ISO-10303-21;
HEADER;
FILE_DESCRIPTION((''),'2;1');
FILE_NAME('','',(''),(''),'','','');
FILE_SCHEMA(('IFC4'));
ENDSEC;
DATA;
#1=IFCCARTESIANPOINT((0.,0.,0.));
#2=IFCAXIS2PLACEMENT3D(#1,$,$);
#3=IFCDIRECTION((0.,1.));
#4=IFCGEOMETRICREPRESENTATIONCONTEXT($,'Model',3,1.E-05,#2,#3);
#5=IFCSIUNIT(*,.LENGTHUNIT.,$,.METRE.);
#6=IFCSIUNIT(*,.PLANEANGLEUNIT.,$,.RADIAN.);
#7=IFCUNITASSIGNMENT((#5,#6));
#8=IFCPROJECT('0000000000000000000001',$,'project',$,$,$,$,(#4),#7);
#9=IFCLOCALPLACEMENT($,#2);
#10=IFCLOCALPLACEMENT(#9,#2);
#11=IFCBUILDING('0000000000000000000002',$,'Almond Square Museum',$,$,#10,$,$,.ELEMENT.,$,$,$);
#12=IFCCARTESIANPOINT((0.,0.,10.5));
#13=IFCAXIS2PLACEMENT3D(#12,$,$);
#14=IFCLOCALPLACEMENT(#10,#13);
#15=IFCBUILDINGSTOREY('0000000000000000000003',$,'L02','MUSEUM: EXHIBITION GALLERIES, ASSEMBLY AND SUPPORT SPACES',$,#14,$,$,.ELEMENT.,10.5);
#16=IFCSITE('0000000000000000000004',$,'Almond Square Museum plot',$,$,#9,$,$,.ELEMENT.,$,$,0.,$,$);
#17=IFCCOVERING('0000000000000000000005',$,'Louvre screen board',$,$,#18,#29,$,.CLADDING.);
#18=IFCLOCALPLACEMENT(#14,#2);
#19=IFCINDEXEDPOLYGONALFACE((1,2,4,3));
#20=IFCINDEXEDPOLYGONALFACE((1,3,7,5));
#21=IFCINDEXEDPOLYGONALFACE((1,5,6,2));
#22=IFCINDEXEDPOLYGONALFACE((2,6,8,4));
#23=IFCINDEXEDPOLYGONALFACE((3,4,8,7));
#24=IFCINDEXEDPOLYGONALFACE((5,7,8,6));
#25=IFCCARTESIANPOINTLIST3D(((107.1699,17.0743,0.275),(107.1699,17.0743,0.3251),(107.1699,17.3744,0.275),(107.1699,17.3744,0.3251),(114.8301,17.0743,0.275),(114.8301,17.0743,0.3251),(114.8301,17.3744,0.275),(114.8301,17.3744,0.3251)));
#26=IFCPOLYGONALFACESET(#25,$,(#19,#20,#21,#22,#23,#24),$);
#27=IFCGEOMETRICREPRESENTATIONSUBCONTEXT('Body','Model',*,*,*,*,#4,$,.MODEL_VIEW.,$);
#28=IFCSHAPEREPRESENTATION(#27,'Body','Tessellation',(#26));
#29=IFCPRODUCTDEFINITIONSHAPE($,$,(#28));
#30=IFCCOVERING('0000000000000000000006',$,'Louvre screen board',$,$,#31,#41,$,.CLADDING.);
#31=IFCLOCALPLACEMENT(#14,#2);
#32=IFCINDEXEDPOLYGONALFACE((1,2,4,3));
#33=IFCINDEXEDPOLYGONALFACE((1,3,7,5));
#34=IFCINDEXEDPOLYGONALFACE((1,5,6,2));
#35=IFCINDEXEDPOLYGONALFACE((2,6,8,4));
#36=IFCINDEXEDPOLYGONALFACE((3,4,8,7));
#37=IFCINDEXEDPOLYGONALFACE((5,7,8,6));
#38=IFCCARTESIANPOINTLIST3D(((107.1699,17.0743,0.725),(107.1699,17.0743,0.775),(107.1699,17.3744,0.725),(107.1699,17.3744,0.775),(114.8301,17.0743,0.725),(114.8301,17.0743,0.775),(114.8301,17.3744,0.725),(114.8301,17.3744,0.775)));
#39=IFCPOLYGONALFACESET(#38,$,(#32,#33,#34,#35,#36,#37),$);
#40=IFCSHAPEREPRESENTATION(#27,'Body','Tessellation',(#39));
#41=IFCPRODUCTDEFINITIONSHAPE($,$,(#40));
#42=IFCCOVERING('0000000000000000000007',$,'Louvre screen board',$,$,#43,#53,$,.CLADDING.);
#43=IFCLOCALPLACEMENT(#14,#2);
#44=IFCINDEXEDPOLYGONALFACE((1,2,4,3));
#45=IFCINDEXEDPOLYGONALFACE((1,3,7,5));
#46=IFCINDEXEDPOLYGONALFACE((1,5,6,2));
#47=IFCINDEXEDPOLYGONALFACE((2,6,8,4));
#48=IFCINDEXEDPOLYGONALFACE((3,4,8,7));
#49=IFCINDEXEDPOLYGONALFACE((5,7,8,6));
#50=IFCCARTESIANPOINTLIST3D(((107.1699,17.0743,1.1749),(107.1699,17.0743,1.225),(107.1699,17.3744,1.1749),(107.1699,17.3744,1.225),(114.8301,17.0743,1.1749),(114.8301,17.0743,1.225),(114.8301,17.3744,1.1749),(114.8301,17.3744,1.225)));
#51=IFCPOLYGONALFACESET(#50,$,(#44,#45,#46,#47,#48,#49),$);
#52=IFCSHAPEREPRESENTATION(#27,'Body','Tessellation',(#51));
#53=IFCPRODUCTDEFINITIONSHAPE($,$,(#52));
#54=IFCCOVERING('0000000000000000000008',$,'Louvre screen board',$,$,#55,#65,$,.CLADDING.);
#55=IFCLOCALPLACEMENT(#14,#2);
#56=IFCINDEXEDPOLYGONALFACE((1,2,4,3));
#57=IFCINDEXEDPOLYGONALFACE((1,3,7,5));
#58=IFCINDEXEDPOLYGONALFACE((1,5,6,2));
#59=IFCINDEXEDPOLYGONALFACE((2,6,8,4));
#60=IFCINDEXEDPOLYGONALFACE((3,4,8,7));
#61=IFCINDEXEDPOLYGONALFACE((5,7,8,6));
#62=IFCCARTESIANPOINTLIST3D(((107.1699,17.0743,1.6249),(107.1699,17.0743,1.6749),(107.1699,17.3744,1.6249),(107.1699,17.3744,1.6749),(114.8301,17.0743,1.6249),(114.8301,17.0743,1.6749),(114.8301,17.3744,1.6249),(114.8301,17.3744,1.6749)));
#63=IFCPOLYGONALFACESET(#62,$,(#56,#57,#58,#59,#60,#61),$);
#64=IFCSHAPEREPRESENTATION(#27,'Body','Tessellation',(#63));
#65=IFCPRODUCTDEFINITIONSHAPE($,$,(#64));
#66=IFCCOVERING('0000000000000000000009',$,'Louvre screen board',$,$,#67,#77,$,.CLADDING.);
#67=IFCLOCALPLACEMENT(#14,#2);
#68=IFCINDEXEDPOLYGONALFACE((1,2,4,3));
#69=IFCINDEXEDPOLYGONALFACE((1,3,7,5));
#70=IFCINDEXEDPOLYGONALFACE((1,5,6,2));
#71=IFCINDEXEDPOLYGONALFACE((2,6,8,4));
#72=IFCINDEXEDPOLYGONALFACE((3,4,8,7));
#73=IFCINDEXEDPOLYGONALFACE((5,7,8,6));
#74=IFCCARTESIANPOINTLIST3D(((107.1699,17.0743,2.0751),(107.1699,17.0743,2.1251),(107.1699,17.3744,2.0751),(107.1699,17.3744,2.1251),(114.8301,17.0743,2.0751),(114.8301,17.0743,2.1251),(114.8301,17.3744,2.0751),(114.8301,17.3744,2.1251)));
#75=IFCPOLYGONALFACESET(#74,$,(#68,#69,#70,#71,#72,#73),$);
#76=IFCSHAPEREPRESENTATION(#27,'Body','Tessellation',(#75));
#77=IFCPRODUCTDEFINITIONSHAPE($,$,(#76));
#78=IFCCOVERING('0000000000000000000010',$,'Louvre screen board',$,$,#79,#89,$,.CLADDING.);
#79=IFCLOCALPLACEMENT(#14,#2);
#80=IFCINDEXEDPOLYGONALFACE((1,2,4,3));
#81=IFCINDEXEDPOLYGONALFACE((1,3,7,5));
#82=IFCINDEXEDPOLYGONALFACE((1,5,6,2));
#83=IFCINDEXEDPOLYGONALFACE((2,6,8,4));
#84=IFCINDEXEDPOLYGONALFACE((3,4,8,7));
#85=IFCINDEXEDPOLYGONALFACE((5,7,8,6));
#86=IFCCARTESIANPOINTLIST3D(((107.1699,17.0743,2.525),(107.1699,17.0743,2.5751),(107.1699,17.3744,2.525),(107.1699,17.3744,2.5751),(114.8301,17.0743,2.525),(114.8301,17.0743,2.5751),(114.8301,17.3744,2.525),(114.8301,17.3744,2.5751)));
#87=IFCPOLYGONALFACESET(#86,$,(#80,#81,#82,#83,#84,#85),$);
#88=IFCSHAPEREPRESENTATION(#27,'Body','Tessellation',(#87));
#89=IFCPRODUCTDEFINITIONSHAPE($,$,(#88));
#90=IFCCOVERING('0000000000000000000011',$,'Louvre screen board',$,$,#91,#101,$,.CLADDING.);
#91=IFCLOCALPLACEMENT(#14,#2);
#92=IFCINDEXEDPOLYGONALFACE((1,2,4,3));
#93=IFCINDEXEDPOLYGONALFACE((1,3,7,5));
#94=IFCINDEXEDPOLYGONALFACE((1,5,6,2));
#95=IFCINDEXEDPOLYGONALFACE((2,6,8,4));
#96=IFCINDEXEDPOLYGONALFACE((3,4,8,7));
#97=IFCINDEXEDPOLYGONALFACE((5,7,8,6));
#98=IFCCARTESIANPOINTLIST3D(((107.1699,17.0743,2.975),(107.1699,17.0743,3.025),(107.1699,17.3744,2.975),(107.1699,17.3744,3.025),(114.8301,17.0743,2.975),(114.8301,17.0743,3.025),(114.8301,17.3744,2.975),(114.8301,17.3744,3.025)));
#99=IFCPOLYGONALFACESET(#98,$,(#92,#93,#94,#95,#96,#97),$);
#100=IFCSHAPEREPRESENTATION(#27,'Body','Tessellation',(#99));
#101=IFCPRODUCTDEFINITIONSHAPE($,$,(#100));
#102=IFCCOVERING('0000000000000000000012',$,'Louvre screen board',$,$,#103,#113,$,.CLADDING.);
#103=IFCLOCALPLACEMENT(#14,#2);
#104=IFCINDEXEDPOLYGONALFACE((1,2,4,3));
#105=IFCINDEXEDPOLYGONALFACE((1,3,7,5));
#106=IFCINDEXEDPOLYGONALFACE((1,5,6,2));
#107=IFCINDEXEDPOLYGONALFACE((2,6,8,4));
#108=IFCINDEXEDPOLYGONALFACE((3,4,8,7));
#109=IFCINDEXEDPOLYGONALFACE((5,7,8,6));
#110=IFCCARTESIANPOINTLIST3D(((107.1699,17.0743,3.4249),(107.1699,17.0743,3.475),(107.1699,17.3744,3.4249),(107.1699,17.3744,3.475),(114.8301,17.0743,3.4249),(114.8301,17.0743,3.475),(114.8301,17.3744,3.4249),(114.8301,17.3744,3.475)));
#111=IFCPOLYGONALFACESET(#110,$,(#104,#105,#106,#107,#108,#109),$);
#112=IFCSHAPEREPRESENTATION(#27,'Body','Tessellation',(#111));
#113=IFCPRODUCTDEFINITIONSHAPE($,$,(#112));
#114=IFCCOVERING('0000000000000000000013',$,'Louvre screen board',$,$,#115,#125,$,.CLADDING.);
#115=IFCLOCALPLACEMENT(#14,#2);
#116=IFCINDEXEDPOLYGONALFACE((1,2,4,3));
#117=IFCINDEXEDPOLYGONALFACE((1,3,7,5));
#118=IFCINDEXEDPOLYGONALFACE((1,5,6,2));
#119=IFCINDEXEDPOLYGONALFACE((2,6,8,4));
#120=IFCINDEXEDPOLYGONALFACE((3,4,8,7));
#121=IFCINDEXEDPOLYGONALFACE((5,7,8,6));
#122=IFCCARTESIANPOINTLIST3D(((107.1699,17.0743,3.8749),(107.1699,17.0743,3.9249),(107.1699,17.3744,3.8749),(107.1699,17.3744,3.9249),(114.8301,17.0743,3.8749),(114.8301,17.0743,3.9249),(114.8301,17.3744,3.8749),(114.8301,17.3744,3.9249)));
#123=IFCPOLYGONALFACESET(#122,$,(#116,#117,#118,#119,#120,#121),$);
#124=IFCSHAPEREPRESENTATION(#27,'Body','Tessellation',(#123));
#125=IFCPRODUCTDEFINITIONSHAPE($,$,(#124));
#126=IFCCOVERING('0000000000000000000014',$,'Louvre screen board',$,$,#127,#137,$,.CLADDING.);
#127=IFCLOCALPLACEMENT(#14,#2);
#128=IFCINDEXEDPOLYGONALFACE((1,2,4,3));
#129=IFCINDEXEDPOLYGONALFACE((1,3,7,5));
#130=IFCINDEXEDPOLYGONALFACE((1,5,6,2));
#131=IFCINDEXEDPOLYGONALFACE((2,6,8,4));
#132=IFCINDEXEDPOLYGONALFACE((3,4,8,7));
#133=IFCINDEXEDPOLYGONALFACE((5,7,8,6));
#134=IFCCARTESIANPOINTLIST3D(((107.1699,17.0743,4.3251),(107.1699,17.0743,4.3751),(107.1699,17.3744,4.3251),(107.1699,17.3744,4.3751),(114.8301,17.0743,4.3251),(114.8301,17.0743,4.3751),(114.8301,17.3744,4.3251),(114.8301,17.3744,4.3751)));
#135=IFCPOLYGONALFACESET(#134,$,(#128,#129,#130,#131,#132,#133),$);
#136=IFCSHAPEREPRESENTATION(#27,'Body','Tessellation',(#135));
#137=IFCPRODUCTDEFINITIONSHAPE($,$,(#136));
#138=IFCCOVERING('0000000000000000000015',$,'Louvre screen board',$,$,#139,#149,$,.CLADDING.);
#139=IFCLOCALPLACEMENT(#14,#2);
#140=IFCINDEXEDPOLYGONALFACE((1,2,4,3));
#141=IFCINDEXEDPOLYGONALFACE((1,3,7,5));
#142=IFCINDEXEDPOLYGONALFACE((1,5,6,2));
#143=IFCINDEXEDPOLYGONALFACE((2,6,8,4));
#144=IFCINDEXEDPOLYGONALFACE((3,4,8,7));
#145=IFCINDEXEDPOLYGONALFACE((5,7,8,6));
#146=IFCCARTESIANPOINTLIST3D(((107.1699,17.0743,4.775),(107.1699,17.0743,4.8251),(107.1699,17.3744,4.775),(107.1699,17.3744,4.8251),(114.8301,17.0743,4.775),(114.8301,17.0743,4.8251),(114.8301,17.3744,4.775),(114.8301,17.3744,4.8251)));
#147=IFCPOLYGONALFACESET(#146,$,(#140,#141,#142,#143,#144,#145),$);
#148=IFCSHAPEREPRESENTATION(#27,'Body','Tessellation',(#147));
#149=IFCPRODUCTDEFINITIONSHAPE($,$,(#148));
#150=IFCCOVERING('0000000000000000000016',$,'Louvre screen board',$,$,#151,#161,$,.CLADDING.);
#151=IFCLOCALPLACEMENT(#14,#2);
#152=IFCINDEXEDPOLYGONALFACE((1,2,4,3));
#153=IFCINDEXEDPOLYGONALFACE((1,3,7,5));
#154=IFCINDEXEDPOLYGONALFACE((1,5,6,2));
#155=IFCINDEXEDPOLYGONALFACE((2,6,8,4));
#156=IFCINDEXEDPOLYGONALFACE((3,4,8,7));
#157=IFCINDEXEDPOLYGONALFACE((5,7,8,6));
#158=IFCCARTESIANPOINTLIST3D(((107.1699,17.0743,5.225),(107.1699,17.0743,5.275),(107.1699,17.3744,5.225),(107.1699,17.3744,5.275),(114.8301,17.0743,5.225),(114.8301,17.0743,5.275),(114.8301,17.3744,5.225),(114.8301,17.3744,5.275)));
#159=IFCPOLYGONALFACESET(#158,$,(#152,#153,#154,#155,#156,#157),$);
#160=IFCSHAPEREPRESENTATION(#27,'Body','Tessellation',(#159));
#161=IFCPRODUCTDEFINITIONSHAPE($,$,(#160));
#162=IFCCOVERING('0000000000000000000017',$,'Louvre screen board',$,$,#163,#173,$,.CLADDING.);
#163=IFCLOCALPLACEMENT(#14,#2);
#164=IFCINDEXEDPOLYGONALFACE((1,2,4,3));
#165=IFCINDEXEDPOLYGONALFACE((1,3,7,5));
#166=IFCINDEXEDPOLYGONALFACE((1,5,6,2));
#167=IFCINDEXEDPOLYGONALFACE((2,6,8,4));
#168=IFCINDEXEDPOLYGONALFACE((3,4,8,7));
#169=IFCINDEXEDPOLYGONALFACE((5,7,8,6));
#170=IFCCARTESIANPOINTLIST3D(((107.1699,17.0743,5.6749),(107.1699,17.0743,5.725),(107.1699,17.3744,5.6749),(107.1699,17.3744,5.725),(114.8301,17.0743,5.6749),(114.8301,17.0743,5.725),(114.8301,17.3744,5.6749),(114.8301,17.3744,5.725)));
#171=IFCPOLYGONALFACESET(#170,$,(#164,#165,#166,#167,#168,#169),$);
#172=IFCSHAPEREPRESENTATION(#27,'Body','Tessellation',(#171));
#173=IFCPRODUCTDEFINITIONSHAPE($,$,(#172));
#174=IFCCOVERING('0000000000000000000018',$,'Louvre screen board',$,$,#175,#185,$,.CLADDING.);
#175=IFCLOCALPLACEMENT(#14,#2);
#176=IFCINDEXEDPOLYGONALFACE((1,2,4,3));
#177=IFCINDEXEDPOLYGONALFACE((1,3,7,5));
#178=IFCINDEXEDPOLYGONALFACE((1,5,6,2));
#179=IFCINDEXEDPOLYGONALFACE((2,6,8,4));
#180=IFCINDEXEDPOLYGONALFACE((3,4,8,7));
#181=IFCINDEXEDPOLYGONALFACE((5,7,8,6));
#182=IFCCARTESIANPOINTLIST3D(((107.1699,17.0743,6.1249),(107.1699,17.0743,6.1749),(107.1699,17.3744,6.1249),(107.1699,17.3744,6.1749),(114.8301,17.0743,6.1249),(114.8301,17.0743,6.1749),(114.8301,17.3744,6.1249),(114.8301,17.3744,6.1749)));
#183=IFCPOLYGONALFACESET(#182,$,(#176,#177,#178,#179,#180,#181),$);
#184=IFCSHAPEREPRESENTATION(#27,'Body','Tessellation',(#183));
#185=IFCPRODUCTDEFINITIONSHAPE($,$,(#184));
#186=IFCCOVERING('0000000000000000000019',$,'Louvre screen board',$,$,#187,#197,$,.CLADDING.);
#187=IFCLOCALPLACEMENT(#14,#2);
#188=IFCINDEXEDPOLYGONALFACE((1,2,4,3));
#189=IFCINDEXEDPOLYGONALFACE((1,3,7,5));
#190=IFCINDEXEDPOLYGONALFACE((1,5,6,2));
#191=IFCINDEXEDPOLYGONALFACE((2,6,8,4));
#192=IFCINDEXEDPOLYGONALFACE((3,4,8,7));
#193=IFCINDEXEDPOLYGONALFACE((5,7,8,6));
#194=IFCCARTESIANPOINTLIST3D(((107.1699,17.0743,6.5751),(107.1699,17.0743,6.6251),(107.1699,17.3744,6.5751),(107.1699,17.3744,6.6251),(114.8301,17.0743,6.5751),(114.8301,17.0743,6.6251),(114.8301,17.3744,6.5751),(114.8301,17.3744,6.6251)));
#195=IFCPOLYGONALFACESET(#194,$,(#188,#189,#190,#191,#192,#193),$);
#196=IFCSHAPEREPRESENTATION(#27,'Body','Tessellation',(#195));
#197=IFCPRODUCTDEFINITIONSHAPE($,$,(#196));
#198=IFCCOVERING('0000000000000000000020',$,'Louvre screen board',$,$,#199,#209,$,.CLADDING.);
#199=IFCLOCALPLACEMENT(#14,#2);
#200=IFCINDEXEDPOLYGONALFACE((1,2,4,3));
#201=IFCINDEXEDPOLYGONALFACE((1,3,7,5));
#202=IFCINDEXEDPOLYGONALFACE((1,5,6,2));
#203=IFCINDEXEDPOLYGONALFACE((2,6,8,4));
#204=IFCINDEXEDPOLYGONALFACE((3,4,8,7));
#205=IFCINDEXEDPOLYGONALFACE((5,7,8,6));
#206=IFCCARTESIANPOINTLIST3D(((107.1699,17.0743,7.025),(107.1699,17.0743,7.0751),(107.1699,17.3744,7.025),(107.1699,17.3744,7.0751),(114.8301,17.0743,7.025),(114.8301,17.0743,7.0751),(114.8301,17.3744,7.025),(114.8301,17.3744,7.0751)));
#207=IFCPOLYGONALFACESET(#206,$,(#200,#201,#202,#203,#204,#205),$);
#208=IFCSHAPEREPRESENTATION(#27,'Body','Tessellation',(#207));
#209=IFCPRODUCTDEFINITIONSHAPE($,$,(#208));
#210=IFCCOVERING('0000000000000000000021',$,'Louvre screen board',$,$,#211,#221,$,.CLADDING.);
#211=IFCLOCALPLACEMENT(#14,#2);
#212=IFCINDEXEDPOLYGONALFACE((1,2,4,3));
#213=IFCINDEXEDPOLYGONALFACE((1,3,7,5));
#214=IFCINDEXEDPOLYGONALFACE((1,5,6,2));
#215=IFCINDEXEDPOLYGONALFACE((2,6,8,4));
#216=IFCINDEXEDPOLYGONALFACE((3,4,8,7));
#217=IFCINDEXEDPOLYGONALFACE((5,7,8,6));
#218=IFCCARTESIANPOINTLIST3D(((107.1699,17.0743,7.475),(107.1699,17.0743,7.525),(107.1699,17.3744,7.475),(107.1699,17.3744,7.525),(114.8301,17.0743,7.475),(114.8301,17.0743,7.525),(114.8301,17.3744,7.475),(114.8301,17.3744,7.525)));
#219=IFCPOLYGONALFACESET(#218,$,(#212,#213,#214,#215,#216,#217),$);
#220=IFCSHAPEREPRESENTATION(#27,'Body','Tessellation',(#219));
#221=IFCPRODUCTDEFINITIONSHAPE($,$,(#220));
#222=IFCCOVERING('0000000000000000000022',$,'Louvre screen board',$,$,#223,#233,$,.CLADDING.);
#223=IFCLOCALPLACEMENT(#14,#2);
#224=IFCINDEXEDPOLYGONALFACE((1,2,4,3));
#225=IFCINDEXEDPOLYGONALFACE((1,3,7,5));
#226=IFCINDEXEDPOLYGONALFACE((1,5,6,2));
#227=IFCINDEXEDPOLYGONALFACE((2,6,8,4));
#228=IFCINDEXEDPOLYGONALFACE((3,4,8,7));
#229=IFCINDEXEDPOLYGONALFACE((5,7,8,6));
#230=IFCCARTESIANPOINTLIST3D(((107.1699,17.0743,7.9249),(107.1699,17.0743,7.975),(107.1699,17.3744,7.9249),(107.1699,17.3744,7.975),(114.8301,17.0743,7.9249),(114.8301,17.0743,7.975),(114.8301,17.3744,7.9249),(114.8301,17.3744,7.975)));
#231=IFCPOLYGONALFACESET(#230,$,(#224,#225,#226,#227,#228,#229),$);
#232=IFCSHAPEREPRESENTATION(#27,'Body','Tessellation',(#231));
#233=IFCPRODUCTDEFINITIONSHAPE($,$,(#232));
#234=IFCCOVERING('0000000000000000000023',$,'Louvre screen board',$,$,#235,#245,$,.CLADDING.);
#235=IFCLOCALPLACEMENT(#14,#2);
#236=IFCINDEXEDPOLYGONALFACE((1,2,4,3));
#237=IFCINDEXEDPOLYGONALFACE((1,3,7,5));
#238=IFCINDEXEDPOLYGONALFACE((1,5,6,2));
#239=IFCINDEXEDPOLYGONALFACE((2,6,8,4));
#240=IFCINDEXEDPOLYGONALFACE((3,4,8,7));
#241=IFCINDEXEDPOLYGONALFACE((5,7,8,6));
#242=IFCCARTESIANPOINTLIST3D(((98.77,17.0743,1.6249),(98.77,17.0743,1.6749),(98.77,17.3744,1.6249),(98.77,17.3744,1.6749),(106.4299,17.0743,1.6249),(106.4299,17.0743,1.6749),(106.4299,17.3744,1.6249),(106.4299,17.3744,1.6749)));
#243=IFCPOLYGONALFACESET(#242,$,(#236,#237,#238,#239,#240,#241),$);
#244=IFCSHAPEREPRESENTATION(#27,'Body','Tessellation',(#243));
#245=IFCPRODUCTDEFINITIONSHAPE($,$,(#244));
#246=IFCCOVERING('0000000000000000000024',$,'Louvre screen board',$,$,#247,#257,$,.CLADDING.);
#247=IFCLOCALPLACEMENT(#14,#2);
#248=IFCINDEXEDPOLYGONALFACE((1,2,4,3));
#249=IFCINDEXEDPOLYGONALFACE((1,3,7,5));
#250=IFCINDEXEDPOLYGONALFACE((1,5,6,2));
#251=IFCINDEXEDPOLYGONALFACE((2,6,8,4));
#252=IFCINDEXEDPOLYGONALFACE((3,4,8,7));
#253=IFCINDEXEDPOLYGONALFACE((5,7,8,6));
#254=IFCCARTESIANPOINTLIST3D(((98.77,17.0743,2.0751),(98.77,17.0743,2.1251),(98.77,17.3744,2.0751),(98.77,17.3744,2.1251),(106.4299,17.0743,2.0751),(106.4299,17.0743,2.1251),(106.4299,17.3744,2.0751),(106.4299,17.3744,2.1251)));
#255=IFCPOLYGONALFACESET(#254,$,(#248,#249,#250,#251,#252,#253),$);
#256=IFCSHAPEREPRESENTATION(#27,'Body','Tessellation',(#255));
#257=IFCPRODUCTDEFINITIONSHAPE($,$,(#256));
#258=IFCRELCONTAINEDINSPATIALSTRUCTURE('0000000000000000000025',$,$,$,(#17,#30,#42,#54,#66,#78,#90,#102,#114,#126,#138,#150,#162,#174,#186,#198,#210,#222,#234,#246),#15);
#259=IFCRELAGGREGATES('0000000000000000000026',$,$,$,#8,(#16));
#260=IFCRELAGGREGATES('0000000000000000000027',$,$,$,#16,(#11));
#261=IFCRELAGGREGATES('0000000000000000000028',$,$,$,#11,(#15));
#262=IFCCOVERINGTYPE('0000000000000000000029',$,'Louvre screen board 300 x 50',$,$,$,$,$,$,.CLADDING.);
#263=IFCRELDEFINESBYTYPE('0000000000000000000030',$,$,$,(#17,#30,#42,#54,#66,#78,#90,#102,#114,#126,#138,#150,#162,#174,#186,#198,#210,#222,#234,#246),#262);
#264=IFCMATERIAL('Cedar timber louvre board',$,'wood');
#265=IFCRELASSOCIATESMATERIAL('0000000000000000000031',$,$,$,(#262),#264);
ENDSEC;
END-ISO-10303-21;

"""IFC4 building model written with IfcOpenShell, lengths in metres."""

from ifc_helpers import new_model, si_unit, direction, frame, origin, origin_2d, place, context, subcontext, project, spatial, rectangle, extrude, material, material_profile, profile_set, type_object, element, save


model = new_model("IFC4")

# Units and contexts
model_context = context("Model", 3, precision=1e-05, world=origin(), true_north=direction((0.0, 1.0)))
body_context = subcontext(model_context, "Body", "Model", "MODEL_VIEW")
ifc_project = project(units=[si_unit("LENGTHUNIT", "METRE"), si_unit("PLANEANGLEUNIT", "RADIAN")], contexts=[model_context])

# Site, building, storey
site_placement = place(None, origin())
site = spatial("IfcSite", under=ifc_project, at=site_placement, Name="Almond Square Museum plot", CompositionType="ELEMENT", RefElevation=0.0)
building_placement = place(site_placement, origin())
building = spatial("IfcBuilding", under=site, at=building_placement, Name="Almond Square Museum", CompositionType="ELEMENT")
storey_placement = place(building_placement, frame((0.0, 0.0, 10.5)))
storey = spatial("IfcBuildingStorey", under=building, at=storey_placement, Name="L02", Description="MUSEUM: EXHIBITION GALLERIES, ASSEMBLY AND SUPPORT SPACES", CompositionType="ELEMENT", Elevation=10.5)

# Coverings
ifc_material = material(Name="Cedar timber louvre board", Category="wood")
ifc_material_profile = material_profile(ifc_material, rectangle(XDim=0.3, YDim=0.05, at=origin_2d()))
ifc_profile_set = profile_set([ifc_material_profile], Name="Cedar timber louvre board")
covering_type = type_object("IfcCoveringType", Name="Louvre screen board 300 x 50", PredefinedType="CLADDING", material=ifc_profile_set)
for number, where, z_axis, x_axis, name in (
    (1, (107.1699, 17.2244, 0.3), (1.0, 0.0, 0.0), (0.0, 1.0, 0.0), "Louvre screen board"),
    (2, (107.1699, 17.2244, 0.75), (1.0, 0.0, 0.0), (0.0, 1.0, 0.0), "Louvre screen board"),
    (3, (107.1699, 17.2244, 1.2), (1.0, 0.0, 0.0), (0.0, 1.0, 0.0), "Louvre screen board"),
    (4, (107.1699, 17.2244, 1.6499), (1.0, 0.0, 0.0), (0.0, 1.0, 0.0), "Louvre screen board"),
    (5, (107.1699, 17.2244, 2.1001), (1.0, 0.0, 0.0), (0.0, 1.0, 0.0), "Louvre screen board"),
    (6, (107.1699, 17.2244, 2.55), (1.0, 0.0, 0.0), (0.0, 1.0, 0.0), "Louvre screen board"),
    (7, (107.1699, 17.2244, 3.0), (1.0, 0.0, 0.0), (0.0, 1.0, 0.0), "Louvre screen board"),
    (8, (107.1699, 17.2244, 3.45), (1.0, 0.0, 0.0), (0.0, 1.0, 0.0), "Louvre screen board"),
    (9, (107.1699, 17.2244, 3.8999), (1.0, 0.0, 0.0), (0.0, 1.0, 0.0), "Louvre screen board"),
    (10, (107.1699, 17.2244, 4.3501), (1.0, 0.0, 0.0), (0.0, 1.0, 0.0), "Louvre screen board"),
    (11, (107.1699, 17.2244, 4.8), (1.0, 0.0, 0.0), (0.0, 1.0, 0.0), "Louvre screen board"),
    (12, (107.1699, 17.2244, 5.25), (1.0, 0.0, 0.0), (0.0, 1.0, 0.0), "Louvre screen board"),
    (13, (107.1699, 17.2244, 5.7), (1.0, 0.0, 0.0), (0.0, 1.0, 0.0), "Louvre screen board"),
    (14, (107.1699, 17.2244, 6.1499), (1.0, 0.0, 0.0), (0.0, 1.0, 0.0), "Louvre screen board"),
    (15, (107.1699, 17.2244, 6.6001), (1.0, 0.0, 0.0), (0.0, 1.0, 0.0), "Louvre screen board"),
    (16, (107.1699, 17.2244, 7.05), (1.0, 0.0, 0.0), (0.0, 1.0, 0.0), "Louvre screen board"),
    (17, (107.1699, 17.2244, 7.5), (1.0, 0.0, 0.0), (0.0, 1.0, 0.0), "Louvre screen board"),
    (18, (107.1699, 17.2244, 7.95), (1.0, 0.0, 0.0), (0.0, 1.0, 0.0), "Louvre screen board"),
):
    element("IfcCovering", number, at=place(storey_placement, frame(where, z_axis=z_axis, x_axis=x_axis)), inside=storey, type_object=covering_type, Name=name, PredefinedType="CLADDING", context=body_context, shape_type="SweptSolid", body=[
        extrude(rectangle(XDim=0.3, YDim=0.05, at=origin_2d()), origin(), (0.0, 0.0, 1.0), 7.6602),
    ])
for number, where, z_axis, x_axis, name in (
    (19, (98.77, 17.2244, 1.6499), (1.0, 0.0, 0.0), (0.0, 1.0, 0.0), "Louvre screen board"),
    (20, (98.77, 17.2244, 2.1001), (1.0, 0.0, 0.0), (0.0, 1.0, 0.0), "Louvre screen board"),
):
    element("IfcCovering", number, at=place(storey_placement, frame(where, z_axis=z_axis, x_axis=x_axis)), inside=storey, type_object=covering_type, Name=name, PredefinedType="CLADDING", context=body_context, shape_type="SweptSolid", body=[
        extrude(rectangle(XDim=0.3, YDim=0.05, at=origin_2d()), origin(), (0.0, 0.0, 1.0), 7.6599),
    ])

save(model, "model.ifc")
